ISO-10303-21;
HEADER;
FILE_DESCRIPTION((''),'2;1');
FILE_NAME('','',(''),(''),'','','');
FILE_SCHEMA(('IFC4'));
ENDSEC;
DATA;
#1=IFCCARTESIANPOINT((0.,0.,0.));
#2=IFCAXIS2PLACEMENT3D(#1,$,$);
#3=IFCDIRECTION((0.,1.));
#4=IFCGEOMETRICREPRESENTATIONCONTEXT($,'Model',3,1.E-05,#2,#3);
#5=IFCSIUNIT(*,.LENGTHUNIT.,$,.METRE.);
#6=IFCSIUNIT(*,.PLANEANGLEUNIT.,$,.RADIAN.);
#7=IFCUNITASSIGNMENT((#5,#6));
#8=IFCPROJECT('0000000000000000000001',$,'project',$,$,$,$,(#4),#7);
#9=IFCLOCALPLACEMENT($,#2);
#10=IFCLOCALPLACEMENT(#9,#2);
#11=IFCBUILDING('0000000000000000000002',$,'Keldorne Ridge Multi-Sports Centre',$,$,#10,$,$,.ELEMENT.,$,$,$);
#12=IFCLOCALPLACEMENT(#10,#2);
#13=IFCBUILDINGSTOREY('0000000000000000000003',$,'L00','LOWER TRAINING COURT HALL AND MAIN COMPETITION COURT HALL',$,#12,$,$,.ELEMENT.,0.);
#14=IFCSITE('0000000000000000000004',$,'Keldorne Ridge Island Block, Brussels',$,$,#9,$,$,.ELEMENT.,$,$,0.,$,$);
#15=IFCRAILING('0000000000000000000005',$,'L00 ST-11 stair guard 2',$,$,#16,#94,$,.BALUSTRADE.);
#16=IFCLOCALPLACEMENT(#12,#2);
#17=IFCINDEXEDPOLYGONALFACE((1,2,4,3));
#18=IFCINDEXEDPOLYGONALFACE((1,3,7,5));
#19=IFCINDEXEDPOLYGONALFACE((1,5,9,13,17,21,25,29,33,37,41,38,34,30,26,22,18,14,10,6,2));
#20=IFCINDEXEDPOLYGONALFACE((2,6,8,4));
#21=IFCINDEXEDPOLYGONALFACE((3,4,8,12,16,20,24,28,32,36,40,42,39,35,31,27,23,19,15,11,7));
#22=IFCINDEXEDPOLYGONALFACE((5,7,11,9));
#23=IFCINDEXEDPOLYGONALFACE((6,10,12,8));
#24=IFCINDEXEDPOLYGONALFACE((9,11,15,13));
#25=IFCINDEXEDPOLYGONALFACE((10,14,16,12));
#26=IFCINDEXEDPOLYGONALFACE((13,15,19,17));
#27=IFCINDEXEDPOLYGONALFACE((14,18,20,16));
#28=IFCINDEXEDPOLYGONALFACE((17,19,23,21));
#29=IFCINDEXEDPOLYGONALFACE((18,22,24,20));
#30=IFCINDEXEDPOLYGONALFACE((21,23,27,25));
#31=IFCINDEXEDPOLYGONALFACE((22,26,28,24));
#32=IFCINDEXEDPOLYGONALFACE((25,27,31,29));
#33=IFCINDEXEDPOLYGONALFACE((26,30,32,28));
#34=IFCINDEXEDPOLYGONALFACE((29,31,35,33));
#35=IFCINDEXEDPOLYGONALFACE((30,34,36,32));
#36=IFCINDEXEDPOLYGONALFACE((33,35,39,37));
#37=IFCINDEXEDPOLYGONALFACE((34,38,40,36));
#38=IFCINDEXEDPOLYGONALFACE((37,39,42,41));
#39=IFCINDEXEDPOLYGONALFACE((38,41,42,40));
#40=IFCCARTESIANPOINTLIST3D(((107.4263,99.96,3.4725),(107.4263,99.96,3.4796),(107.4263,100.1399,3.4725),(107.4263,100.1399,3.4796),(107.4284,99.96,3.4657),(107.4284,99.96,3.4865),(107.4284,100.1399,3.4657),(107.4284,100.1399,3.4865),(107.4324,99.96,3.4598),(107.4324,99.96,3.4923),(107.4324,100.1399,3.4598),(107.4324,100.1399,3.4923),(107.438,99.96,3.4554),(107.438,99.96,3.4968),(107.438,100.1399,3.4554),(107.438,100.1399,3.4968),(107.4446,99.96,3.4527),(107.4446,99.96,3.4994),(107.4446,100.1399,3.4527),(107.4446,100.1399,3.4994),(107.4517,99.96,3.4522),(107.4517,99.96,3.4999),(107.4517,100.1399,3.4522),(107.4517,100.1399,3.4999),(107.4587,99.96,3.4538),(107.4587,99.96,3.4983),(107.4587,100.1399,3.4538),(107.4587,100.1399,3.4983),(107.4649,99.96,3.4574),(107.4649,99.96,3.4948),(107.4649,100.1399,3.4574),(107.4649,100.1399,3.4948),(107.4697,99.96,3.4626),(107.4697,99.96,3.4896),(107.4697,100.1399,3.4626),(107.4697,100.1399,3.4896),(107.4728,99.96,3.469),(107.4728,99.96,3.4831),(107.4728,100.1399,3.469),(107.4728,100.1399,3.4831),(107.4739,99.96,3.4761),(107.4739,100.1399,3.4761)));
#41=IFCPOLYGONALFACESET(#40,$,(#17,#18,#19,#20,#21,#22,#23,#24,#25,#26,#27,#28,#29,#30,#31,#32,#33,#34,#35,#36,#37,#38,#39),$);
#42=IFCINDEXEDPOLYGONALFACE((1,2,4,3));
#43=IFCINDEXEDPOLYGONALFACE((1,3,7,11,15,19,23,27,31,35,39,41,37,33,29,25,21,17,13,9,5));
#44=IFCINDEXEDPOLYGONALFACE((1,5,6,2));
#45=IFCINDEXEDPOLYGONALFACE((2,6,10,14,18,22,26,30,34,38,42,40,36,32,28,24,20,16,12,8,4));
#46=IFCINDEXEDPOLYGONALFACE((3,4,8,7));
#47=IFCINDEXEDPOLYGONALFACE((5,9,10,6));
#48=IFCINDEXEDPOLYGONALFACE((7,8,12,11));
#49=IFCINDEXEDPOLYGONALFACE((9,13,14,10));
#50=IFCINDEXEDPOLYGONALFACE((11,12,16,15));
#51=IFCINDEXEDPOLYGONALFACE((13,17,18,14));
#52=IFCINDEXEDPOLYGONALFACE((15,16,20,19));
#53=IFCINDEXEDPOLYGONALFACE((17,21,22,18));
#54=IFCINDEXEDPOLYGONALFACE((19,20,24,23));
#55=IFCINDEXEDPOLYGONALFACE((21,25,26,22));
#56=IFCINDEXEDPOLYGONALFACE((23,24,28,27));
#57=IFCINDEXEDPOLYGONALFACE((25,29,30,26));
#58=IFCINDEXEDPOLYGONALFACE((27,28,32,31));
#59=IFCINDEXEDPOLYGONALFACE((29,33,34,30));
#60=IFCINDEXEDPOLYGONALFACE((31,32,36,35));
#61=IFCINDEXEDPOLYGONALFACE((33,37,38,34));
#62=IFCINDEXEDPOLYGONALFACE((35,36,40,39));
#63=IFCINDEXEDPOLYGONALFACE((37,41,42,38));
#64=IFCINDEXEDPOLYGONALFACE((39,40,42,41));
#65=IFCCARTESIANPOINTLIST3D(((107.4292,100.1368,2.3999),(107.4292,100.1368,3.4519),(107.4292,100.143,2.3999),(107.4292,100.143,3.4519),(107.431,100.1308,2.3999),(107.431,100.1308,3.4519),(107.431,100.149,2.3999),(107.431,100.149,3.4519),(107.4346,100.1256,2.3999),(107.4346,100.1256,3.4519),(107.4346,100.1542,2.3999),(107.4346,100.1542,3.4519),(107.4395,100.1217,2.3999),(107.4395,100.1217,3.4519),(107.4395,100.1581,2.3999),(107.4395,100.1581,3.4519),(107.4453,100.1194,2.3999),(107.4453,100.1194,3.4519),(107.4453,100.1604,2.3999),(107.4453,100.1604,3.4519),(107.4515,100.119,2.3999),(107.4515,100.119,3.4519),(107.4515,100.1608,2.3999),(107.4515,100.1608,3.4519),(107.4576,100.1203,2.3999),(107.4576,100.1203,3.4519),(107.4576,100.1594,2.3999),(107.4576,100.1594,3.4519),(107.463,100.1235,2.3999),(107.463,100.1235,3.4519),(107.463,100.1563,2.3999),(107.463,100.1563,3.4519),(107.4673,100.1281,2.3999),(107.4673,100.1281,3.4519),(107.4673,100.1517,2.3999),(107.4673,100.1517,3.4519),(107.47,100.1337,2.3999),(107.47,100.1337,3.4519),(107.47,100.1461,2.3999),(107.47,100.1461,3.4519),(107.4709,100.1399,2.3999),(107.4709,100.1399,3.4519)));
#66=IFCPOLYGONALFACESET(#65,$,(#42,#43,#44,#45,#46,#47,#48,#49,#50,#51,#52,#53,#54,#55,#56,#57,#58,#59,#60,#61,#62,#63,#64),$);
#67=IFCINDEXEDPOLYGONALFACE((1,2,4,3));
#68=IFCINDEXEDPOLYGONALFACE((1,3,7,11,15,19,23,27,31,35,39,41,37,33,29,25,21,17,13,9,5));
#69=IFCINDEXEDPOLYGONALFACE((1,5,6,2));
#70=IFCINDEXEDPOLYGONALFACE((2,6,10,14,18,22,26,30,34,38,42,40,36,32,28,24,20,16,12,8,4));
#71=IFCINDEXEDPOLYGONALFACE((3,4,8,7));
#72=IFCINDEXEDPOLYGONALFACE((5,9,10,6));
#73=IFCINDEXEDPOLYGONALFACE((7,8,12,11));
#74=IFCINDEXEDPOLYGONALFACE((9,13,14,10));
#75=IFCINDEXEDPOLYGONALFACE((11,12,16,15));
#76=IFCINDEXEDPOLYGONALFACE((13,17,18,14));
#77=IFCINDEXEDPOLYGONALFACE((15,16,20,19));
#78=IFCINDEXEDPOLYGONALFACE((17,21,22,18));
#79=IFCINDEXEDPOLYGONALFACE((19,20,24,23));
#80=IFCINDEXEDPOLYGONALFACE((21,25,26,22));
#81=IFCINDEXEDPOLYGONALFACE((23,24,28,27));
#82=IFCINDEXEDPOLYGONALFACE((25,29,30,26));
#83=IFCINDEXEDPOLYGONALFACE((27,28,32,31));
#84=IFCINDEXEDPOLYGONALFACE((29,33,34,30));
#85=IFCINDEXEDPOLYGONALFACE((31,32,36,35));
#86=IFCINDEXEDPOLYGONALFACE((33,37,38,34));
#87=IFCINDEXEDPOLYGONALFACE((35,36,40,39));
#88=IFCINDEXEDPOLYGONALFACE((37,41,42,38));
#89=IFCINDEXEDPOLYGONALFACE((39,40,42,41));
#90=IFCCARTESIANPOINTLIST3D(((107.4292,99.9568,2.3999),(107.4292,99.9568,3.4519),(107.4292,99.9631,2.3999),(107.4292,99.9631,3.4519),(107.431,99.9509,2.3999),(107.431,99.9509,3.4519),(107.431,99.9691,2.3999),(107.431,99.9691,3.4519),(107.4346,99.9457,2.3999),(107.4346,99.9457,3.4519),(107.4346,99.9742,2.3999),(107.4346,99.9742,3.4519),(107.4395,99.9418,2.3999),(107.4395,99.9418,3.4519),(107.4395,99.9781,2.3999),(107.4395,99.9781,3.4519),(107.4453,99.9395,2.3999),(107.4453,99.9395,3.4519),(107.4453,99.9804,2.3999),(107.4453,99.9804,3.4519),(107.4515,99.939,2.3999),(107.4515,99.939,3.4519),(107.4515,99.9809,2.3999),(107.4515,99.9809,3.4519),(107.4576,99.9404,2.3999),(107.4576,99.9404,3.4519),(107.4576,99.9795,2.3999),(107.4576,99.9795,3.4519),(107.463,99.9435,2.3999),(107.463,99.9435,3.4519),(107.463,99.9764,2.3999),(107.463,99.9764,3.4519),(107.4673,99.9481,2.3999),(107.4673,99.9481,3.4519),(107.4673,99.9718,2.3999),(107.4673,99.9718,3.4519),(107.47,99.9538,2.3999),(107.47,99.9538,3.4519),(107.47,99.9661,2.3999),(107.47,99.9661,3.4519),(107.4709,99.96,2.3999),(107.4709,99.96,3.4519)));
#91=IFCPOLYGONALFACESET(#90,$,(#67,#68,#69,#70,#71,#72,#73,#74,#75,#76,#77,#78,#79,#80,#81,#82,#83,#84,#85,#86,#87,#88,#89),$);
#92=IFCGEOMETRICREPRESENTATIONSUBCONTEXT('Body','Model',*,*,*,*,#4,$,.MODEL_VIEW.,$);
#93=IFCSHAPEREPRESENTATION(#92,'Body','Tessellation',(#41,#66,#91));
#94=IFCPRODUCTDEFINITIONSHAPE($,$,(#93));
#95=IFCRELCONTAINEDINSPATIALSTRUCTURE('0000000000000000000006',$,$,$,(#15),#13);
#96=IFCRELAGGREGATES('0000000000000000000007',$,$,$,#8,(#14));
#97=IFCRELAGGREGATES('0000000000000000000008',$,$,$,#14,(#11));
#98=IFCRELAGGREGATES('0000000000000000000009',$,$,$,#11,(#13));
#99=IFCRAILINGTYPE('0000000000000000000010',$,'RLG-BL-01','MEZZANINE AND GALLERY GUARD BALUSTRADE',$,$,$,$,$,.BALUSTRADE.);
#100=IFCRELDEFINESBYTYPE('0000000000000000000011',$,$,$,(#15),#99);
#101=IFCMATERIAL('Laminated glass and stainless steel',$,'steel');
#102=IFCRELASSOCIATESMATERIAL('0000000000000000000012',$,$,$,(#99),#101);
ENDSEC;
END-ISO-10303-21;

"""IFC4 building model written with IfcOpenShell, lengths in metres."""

from ifc_helpers import new_model, si_unit, direction, frame, origin, origin_2d, place, context, subcontext, project, spatial, circle, extrude, material, type_object, element, save


model = new_model("IFC4")

# Units and contexts
model_context = context("Model", 3, precision=1e-05, world=origin(), true_north=direction((0.0, 1.0)))
body_context = subcontext(model_context, "Body", "Model", "MODEL_VIEW")
ifc_project = project(units=[si_unit("LENGTHUNIT", "METRE"), si_unit("PLANEANGLEUNIT", "RADIAN")], contexts=[model_context])

# Site, building, storey
site_placement = place(None, origin())
site = spatial("IfcSite", under=ifc_project, at=site_placement, Name="Keldorne Ridge Island Block, Brussels", CompositionType="ELEMENT", RefElevation=0.0)
building_placement = place(site_placement, origin())
building = spatial("IfcBuilding", under=site, at=building_placement, Name="Keldorne Ridge Multi-Sports Centre", CompositionType="ELEMENT")
storey_placement = place(building_placement, origin())
storey = spatial("IfcBuildingStorey", under=building, at=storey_placement, Name="L00", Description="LOWER TRAINING COURT HALL AND MAIN COMPETITION COURT HALL", CompositionType="ELEMENT", Elevation=0.0)

# Railing
ifc_material_1 = material(Name="Laminated glass and stainless steel", Category="steel")
railing_type_1 = type_object("IfcRailingType", Name="RLG-BL-01", Description="MEZZANINE AND GALLERY GUARD BALUSTRADE", PredefinedType="BALUSTRADE", material=ifc_material_1)
railing_1_placement = place(storey_placement, frame((107.45, 100.1399, 2.3999)))
element("IfcRailing", 1, at=railing_1_placement, inside=storey, type_object=railing_type_1, Name="L00 ST-11 stair guard 2", PredefinedType="BALUSTRADE", context=body_context, shape_type="SweptSolid", body=[
    extrude(circle(Radius=0.0239, at=origin_2d()), frame((0.0, 0.0, 1.0762), z_axis=(0.0, -1.0, 0.0), x_axis=(1.0, 0.0, 0.0)), (0.0, 0.0, 1.0), 0.1799),
    extrude(circle(Radius=0.021, at=origin_2d()), origin(), (0.0, 0.0, 1.0), 1.052),
    extrude(circle(Radius=0.021, at=origin_2d()), frame((0.0, -0.1799, 0.0)), (0.0, 0.0, 1.0), 1.052),
])

save(model, "model.ifc")
